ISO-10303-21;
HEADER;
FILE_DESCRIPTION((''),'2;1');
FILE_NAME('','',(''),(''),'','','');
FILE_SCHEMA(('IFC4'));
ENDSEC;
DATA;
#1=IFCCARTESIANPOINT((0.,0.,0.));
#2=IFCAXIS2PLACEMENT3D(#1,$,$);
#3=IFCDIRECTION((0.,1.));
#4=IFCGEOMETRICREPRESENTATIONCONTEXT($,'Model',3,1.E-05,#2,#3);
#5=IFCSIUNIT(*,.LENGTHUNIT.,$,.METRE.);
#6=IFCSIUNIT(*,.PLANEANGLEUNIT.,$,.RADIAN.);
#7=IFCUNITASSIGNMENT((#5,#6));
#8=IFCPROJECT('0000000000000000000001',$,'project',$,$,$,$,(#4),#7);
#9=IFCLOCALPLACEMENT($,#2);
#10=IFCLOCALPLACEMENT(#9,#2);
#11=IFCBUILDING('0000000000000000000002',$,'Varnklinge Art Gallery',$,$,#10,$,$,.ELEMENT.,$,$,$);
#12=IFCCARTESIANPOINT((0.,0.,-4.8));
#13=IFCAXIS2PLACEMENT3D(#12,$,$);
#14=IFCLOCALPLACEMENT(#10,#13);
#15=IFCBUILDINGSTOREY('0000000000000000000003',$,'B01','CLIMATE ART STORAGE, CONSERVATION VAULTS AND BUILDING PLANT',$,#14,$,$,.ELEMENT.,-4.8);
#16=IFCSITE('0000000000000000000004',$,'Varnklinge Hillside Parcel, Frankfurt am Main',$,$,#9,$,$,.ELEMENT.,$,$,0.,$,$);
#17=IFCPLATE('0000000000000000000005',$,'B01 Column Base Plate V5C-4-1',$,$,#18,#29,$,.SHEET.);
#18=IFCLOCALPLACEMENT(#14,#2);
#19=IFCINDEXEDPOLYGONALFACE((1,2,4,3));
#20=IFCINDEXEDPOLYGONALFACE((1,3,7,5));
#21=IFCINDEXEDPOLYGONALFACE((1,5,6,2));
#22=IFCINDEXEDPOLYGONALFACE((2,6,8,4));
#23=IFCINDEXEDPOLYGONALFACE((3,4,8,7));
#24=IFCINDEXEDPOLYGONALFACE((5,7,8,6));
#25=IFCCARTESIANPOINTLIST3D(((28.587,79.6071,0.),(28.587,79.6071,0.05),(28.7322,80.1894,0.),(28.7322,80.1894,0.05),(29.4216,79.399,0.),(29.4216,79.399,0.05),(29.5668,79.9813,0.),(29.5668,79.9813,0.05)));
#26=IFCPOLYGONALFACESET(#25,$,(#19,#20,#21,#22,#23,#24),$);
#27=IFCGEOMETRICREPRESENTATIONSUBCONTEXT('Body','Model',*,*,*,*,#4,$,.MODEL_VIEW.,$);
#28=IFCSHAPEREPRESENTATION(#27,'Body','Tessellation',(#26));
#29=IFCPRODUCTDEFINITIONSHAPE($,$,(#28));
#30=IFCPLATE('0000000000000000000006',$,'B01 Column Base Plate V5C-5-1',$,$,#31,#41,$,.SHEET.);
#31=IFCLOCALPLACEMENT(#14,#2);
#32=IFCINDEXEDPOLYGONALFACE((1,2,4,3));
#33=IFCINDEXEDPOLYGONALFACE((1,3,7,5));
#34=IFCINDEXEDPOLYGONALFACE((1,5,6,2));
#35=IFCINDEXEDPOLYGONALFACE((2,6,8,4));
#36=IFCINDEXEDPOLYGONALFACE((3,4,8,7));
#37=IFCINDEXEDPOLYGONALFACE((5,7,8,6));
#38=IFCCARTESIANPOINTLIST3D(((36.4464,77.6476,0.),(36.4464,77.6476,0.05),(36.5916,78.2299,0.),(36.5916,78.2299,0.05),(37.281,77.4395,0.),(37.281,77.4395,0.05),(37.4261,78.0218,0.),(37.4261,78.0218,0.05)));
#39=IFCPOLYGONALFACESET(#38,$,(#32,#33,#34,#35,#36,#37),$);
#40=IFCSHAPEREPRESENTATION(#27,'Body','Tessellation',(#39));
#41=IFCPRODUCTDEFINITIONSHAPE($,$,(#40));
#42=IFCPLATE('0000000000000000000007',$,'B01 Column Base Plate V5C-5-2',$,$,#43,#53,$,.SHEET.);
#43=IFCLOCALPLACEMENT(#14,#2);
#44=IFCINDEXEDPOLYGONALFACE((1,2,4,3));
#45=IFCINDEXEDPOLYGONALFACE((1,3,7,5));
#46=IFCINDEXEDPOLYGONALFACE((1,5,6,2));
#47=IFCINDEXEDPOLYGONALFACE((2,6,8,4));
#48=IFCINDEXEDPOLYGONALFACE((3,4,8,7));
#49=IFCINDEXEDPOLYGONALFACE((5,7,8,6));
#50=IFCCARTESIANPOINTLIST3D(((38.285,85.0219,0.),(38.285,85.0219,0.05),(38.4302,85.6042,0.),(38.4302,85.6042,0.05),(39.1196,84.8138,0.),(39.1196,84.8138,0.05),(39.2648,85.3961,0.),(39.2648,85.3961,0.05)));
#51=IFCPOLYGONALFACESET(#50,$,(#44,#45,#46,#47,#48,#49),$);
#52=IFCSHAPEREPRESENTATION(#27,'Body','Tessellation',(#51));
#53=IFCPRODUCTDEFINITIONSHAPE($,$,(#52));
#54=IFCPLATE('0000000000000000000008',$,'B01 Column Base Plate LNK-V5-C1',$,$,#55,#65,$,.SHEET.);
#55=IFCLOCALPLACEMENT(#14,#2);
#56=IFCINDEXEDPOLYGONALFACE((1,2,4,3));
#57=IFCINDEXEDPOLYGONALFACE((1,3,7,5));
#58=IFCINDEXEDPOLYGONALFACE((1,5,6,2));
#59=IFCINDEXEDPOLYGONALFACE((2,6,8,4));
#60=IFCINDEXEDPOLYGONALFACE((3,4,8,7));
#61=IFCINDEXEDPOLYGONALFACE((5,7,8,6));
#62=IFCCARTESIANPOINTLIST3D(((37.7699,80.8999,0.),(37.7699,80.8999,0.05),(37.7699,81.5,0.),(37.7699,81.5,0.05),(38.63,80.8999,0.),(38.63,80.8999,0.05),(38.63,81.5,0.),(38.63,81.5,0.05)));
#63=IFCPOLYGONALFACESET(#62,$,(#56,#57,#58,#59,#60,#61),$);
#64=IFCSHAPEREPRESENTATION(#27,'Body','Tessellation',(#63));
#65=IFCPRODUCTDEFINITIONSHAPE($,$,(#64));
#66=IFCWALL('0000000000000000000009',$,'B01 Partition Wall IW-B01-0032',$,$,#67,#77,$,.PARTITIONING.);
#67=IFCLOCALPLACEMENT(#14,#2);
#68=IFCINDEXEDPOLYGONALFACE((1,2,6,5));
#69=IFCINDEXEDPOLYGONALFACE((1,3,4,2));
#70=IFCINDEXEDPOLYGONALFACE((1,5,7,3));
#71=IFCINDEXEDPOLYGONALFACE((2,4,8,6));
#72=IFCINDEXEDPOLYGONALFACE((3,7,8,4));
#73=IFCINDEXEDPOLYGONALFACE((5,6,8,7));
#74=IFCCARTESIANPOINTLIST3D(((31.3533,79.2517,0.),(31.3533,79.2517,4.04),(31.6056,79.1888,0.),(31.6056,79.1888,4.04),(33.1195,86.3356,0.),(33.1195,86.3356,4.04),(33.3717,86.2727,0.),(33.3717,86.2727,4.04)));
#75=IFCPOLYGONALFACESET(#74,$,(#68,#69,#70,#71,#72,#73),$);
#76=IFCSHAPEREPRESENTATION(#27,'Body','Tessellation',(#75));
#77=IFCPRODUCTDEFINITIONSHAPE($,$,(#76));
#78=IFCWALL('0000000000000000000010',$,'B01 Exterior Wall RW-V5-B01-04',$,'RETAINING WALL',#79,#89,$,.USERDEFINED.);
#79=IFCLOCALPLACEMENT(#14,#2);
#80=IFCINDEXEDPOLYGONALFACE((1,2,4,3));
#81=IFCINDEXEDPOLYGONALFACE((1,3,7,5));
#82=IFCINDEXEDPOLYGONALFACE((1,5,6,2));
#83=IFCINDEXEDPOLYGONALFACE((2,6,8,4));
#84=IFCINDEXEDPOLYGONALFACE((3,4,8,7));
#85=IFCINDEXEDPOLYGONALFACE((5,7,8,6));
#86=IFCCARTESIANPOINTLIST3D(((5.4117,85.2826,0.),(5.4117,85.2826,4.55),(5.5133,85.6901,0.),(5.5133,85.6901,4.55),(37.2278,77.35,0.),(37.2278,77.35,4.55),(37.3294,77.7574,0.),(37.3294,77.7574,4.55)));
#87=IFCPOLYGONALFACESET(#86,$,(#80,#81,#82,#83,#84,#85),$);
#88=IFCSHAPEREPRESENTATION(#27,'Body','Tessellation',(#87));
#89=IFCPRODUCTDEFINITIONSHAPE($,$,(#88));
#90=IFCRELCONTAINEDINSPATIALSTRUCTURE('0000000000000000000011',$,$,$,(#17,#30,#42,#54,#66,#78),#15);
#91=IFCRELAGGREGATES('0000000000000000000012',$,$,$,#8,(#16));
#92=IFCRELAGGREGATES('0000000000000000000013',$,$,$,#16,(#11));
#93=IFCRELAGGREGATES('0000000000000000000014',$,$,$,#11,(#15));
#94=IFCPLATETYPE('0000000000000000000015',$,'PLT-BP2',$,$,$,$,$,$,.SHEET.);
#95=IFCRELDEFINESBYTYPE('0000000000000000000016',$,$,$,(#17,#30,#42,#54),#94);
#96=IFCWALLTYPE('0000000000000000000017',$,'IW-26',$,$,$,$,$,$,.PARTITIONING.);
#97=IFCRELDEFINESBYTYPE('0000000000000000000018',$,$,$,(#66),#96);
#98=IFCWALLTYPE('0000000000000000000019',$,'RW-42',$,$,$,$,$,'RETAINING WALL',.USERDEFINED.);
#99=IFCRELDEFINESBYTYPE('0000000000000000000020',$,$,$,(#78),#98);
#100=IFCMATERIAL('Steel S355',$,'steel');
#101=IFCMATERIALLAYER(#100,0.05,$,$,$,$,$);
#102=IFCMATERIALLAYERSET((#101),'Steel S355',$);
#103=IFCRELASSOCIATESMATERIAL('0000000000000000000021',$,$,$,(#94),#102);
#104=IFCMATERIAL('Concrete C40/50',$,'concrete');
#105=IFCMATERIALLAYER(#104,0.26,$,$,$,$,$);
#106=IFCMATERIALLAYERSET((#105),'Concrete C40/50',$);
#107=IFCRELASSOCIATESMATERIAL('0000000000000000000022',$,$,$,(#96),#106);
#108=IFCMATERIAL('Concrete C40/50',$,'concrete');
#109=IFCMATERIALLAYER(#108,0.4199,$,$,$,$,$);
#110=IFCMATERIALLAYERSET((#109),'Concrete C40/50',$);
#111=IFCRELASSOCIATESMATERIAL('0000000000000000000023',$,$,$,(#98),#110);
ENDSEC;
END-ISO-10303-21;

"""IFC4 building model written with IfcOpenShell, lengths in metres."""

from ifc_helpers import new_model, si_unit, direction, frame, frame_2d, origin, origin_2d, place, context, subcontext, project, spatial, rectangle, extrude, material, layer, layer_set, type_object, element, save


model = new_model("IFC4")

# Units and contexts
model_context = context("Model", 3, precision=1e-05, world=origin(), true_north=direction((0.0, 1.0)))
body_context = subcontext(model_context, "Body", "Model", "MODEL_VIEW")
ifc_project = project(units=[si_unit("LENGTHUNIT", "METRE"), si_unit("PLANEANGLEUNIT", "RADIAN")], contexts=[model_context])

# Site, building, storey
site_placement = place(None, origin())
site = spatial("IfcSite", under=ifc_project, at=site_placement, Name="Varnklinge Hillside Parcel, Frankfurt am Main", CompositionType="ELEMENT", RefElevation=0.0)
building_placement = place(site_placement, origin())
building = spatial("IfcBuilding", under=site, at=building_placement, Name="Varnklinge Art Gallery", CompositionType="ELEMENT")
storey_placement = place(building_placement, frame((0.0, 0.0, -4.8)))
storey = spatial("IfcBuildingStorey", under=building, at=storey_placement, Name="B01", Description="CLIMATE ART STORAGE, CONSERVATION VAULTS AND BUILDING PLANT", CompositionType="ELEMENT", Elevation=-4.8)

# Plates
ifc_material_1 = material(Name="Steel S355", Category="steel")
ifc_layer_1 = layer(ifc_material_1, 0.05)
ifc_layer_set_1 = layer_set([ifc_layer_1], Name="Steel S355")
plate_type = type_object("IfcPlateType", Name="PLT-BP2", PredefinedType="SHEET", material=ifc_layer_set_1)
for number, where, z_axis, x_axis, name in (
    (1, (29.0769, 79.7942, 0.0), (0.0, 0.0, 1.0), (0.970296, -0.241922, 0.0), "B01 Column Base Plate V5C-4-1"),
    (2, (36.9363, 77.8347, 0.0), (0.0, 0.0, 1.0), (0.970296, -0.241922, 0.0), "B01 Column Base Plate V5C-5-1"),
    (3, (38.7749, 85.209, 0.0), (0.0, 0.0, 1.0), (0.970296, -0.241922, 0.0), "B01 Column Base Plate V5C-5-2"),
    (4, (38.2, 81.2, 0.0), (0.0, 0.0, 1.0), (1.0, 0.0, 0.0), "B01 Column Base Plate LNK-V5-C1"),
):
    element("IfcPlate", number, at=place(storey_placement, frame(where, z_axis=z_axis, x_axis=x_axis)), inside=storey, type_object=plate_type, Name=name, PredefinedType="SHEET", context=body_context, shape_type="SweptSolid", body=[
        extrude(rectangle(XDim=0.8601, YDim=0.6001, at=origin_2d()), origin(), (0.0, 0.0, 1.0), 0.05),
    ])

# Walls
ifc_material_2 = material(Name="Concrete C40/50", Category="concrete")
ifc_layer_2 = layer(ifc_material_2, 0.26)
ifc_layer_set_2 = layer_set([ifc_layer_2], Name="Concrete C40/50")
wall_type_1 = type_object("IfcWallType", Name="IW-26", PredefinedType="PARTITIONING", material=ifc_layer_set_2)
wall_1_placement = place(storey_placement, frame((31.4795, 79.2202, 0.0), z_axis=(0.0, 0.0, 1.0), x_axis=(0.241906, 0.9703, 0.0)))
element("IfcWall", 5, at=wall_1_placement, inside=storey, type_object=wall_type_1, Name="B01 Partition Wall IW-B01-0032", PredefinedType="PARTITIONING", context=body_context, shape_type="SweptSolid", body=[
    extrude(rectangle(XDim=7.3008, YDim=0.26, at=frame_2d((3.6504, 0.0))), origin(), (0.0, 0.0, 1.0), 4.04),
])
ifc_material_3 = material(Name="Concrete C40/50", Category="concrete")
ifc_layer_3 = layer(ifc_material_3, 0.4199)
ifc_layer_set_3 = layer_set([ifc_layer_3], Name="Concrete C40/50")
wall_type_2 = type_object("IfcWallType", Name="RW-42", ElementType="RETAINING WALL", PredefinedType="USERDEFINED", material=ifc_layer_set_3)
wall_2_placement = place(storey_placement, frame((37.2786, 77.5537, 0.0), z_axis=(0.0, 0.0, 1.0), x_axis=(-0.970296, 0.241922, 0.0)))
element("IfcWall", 6, at=wall_2_placement, inside=storey, type_object=wall_type_2, Name="B01 Exterior Wall RW-V5-B01-04", ObjectType="RETAINING WALL", PredefinedType="USERDEFINED", context=body_context, shape_type="SweptSolid", body=[
    extrude(rectangle(XDim=32.79, YDim=0.4199, at=frame_2d((16.395, 0.0))), origin(), (0.0, 0.0, 1.0), 4.55),
])

save(model, "model.ifc")
